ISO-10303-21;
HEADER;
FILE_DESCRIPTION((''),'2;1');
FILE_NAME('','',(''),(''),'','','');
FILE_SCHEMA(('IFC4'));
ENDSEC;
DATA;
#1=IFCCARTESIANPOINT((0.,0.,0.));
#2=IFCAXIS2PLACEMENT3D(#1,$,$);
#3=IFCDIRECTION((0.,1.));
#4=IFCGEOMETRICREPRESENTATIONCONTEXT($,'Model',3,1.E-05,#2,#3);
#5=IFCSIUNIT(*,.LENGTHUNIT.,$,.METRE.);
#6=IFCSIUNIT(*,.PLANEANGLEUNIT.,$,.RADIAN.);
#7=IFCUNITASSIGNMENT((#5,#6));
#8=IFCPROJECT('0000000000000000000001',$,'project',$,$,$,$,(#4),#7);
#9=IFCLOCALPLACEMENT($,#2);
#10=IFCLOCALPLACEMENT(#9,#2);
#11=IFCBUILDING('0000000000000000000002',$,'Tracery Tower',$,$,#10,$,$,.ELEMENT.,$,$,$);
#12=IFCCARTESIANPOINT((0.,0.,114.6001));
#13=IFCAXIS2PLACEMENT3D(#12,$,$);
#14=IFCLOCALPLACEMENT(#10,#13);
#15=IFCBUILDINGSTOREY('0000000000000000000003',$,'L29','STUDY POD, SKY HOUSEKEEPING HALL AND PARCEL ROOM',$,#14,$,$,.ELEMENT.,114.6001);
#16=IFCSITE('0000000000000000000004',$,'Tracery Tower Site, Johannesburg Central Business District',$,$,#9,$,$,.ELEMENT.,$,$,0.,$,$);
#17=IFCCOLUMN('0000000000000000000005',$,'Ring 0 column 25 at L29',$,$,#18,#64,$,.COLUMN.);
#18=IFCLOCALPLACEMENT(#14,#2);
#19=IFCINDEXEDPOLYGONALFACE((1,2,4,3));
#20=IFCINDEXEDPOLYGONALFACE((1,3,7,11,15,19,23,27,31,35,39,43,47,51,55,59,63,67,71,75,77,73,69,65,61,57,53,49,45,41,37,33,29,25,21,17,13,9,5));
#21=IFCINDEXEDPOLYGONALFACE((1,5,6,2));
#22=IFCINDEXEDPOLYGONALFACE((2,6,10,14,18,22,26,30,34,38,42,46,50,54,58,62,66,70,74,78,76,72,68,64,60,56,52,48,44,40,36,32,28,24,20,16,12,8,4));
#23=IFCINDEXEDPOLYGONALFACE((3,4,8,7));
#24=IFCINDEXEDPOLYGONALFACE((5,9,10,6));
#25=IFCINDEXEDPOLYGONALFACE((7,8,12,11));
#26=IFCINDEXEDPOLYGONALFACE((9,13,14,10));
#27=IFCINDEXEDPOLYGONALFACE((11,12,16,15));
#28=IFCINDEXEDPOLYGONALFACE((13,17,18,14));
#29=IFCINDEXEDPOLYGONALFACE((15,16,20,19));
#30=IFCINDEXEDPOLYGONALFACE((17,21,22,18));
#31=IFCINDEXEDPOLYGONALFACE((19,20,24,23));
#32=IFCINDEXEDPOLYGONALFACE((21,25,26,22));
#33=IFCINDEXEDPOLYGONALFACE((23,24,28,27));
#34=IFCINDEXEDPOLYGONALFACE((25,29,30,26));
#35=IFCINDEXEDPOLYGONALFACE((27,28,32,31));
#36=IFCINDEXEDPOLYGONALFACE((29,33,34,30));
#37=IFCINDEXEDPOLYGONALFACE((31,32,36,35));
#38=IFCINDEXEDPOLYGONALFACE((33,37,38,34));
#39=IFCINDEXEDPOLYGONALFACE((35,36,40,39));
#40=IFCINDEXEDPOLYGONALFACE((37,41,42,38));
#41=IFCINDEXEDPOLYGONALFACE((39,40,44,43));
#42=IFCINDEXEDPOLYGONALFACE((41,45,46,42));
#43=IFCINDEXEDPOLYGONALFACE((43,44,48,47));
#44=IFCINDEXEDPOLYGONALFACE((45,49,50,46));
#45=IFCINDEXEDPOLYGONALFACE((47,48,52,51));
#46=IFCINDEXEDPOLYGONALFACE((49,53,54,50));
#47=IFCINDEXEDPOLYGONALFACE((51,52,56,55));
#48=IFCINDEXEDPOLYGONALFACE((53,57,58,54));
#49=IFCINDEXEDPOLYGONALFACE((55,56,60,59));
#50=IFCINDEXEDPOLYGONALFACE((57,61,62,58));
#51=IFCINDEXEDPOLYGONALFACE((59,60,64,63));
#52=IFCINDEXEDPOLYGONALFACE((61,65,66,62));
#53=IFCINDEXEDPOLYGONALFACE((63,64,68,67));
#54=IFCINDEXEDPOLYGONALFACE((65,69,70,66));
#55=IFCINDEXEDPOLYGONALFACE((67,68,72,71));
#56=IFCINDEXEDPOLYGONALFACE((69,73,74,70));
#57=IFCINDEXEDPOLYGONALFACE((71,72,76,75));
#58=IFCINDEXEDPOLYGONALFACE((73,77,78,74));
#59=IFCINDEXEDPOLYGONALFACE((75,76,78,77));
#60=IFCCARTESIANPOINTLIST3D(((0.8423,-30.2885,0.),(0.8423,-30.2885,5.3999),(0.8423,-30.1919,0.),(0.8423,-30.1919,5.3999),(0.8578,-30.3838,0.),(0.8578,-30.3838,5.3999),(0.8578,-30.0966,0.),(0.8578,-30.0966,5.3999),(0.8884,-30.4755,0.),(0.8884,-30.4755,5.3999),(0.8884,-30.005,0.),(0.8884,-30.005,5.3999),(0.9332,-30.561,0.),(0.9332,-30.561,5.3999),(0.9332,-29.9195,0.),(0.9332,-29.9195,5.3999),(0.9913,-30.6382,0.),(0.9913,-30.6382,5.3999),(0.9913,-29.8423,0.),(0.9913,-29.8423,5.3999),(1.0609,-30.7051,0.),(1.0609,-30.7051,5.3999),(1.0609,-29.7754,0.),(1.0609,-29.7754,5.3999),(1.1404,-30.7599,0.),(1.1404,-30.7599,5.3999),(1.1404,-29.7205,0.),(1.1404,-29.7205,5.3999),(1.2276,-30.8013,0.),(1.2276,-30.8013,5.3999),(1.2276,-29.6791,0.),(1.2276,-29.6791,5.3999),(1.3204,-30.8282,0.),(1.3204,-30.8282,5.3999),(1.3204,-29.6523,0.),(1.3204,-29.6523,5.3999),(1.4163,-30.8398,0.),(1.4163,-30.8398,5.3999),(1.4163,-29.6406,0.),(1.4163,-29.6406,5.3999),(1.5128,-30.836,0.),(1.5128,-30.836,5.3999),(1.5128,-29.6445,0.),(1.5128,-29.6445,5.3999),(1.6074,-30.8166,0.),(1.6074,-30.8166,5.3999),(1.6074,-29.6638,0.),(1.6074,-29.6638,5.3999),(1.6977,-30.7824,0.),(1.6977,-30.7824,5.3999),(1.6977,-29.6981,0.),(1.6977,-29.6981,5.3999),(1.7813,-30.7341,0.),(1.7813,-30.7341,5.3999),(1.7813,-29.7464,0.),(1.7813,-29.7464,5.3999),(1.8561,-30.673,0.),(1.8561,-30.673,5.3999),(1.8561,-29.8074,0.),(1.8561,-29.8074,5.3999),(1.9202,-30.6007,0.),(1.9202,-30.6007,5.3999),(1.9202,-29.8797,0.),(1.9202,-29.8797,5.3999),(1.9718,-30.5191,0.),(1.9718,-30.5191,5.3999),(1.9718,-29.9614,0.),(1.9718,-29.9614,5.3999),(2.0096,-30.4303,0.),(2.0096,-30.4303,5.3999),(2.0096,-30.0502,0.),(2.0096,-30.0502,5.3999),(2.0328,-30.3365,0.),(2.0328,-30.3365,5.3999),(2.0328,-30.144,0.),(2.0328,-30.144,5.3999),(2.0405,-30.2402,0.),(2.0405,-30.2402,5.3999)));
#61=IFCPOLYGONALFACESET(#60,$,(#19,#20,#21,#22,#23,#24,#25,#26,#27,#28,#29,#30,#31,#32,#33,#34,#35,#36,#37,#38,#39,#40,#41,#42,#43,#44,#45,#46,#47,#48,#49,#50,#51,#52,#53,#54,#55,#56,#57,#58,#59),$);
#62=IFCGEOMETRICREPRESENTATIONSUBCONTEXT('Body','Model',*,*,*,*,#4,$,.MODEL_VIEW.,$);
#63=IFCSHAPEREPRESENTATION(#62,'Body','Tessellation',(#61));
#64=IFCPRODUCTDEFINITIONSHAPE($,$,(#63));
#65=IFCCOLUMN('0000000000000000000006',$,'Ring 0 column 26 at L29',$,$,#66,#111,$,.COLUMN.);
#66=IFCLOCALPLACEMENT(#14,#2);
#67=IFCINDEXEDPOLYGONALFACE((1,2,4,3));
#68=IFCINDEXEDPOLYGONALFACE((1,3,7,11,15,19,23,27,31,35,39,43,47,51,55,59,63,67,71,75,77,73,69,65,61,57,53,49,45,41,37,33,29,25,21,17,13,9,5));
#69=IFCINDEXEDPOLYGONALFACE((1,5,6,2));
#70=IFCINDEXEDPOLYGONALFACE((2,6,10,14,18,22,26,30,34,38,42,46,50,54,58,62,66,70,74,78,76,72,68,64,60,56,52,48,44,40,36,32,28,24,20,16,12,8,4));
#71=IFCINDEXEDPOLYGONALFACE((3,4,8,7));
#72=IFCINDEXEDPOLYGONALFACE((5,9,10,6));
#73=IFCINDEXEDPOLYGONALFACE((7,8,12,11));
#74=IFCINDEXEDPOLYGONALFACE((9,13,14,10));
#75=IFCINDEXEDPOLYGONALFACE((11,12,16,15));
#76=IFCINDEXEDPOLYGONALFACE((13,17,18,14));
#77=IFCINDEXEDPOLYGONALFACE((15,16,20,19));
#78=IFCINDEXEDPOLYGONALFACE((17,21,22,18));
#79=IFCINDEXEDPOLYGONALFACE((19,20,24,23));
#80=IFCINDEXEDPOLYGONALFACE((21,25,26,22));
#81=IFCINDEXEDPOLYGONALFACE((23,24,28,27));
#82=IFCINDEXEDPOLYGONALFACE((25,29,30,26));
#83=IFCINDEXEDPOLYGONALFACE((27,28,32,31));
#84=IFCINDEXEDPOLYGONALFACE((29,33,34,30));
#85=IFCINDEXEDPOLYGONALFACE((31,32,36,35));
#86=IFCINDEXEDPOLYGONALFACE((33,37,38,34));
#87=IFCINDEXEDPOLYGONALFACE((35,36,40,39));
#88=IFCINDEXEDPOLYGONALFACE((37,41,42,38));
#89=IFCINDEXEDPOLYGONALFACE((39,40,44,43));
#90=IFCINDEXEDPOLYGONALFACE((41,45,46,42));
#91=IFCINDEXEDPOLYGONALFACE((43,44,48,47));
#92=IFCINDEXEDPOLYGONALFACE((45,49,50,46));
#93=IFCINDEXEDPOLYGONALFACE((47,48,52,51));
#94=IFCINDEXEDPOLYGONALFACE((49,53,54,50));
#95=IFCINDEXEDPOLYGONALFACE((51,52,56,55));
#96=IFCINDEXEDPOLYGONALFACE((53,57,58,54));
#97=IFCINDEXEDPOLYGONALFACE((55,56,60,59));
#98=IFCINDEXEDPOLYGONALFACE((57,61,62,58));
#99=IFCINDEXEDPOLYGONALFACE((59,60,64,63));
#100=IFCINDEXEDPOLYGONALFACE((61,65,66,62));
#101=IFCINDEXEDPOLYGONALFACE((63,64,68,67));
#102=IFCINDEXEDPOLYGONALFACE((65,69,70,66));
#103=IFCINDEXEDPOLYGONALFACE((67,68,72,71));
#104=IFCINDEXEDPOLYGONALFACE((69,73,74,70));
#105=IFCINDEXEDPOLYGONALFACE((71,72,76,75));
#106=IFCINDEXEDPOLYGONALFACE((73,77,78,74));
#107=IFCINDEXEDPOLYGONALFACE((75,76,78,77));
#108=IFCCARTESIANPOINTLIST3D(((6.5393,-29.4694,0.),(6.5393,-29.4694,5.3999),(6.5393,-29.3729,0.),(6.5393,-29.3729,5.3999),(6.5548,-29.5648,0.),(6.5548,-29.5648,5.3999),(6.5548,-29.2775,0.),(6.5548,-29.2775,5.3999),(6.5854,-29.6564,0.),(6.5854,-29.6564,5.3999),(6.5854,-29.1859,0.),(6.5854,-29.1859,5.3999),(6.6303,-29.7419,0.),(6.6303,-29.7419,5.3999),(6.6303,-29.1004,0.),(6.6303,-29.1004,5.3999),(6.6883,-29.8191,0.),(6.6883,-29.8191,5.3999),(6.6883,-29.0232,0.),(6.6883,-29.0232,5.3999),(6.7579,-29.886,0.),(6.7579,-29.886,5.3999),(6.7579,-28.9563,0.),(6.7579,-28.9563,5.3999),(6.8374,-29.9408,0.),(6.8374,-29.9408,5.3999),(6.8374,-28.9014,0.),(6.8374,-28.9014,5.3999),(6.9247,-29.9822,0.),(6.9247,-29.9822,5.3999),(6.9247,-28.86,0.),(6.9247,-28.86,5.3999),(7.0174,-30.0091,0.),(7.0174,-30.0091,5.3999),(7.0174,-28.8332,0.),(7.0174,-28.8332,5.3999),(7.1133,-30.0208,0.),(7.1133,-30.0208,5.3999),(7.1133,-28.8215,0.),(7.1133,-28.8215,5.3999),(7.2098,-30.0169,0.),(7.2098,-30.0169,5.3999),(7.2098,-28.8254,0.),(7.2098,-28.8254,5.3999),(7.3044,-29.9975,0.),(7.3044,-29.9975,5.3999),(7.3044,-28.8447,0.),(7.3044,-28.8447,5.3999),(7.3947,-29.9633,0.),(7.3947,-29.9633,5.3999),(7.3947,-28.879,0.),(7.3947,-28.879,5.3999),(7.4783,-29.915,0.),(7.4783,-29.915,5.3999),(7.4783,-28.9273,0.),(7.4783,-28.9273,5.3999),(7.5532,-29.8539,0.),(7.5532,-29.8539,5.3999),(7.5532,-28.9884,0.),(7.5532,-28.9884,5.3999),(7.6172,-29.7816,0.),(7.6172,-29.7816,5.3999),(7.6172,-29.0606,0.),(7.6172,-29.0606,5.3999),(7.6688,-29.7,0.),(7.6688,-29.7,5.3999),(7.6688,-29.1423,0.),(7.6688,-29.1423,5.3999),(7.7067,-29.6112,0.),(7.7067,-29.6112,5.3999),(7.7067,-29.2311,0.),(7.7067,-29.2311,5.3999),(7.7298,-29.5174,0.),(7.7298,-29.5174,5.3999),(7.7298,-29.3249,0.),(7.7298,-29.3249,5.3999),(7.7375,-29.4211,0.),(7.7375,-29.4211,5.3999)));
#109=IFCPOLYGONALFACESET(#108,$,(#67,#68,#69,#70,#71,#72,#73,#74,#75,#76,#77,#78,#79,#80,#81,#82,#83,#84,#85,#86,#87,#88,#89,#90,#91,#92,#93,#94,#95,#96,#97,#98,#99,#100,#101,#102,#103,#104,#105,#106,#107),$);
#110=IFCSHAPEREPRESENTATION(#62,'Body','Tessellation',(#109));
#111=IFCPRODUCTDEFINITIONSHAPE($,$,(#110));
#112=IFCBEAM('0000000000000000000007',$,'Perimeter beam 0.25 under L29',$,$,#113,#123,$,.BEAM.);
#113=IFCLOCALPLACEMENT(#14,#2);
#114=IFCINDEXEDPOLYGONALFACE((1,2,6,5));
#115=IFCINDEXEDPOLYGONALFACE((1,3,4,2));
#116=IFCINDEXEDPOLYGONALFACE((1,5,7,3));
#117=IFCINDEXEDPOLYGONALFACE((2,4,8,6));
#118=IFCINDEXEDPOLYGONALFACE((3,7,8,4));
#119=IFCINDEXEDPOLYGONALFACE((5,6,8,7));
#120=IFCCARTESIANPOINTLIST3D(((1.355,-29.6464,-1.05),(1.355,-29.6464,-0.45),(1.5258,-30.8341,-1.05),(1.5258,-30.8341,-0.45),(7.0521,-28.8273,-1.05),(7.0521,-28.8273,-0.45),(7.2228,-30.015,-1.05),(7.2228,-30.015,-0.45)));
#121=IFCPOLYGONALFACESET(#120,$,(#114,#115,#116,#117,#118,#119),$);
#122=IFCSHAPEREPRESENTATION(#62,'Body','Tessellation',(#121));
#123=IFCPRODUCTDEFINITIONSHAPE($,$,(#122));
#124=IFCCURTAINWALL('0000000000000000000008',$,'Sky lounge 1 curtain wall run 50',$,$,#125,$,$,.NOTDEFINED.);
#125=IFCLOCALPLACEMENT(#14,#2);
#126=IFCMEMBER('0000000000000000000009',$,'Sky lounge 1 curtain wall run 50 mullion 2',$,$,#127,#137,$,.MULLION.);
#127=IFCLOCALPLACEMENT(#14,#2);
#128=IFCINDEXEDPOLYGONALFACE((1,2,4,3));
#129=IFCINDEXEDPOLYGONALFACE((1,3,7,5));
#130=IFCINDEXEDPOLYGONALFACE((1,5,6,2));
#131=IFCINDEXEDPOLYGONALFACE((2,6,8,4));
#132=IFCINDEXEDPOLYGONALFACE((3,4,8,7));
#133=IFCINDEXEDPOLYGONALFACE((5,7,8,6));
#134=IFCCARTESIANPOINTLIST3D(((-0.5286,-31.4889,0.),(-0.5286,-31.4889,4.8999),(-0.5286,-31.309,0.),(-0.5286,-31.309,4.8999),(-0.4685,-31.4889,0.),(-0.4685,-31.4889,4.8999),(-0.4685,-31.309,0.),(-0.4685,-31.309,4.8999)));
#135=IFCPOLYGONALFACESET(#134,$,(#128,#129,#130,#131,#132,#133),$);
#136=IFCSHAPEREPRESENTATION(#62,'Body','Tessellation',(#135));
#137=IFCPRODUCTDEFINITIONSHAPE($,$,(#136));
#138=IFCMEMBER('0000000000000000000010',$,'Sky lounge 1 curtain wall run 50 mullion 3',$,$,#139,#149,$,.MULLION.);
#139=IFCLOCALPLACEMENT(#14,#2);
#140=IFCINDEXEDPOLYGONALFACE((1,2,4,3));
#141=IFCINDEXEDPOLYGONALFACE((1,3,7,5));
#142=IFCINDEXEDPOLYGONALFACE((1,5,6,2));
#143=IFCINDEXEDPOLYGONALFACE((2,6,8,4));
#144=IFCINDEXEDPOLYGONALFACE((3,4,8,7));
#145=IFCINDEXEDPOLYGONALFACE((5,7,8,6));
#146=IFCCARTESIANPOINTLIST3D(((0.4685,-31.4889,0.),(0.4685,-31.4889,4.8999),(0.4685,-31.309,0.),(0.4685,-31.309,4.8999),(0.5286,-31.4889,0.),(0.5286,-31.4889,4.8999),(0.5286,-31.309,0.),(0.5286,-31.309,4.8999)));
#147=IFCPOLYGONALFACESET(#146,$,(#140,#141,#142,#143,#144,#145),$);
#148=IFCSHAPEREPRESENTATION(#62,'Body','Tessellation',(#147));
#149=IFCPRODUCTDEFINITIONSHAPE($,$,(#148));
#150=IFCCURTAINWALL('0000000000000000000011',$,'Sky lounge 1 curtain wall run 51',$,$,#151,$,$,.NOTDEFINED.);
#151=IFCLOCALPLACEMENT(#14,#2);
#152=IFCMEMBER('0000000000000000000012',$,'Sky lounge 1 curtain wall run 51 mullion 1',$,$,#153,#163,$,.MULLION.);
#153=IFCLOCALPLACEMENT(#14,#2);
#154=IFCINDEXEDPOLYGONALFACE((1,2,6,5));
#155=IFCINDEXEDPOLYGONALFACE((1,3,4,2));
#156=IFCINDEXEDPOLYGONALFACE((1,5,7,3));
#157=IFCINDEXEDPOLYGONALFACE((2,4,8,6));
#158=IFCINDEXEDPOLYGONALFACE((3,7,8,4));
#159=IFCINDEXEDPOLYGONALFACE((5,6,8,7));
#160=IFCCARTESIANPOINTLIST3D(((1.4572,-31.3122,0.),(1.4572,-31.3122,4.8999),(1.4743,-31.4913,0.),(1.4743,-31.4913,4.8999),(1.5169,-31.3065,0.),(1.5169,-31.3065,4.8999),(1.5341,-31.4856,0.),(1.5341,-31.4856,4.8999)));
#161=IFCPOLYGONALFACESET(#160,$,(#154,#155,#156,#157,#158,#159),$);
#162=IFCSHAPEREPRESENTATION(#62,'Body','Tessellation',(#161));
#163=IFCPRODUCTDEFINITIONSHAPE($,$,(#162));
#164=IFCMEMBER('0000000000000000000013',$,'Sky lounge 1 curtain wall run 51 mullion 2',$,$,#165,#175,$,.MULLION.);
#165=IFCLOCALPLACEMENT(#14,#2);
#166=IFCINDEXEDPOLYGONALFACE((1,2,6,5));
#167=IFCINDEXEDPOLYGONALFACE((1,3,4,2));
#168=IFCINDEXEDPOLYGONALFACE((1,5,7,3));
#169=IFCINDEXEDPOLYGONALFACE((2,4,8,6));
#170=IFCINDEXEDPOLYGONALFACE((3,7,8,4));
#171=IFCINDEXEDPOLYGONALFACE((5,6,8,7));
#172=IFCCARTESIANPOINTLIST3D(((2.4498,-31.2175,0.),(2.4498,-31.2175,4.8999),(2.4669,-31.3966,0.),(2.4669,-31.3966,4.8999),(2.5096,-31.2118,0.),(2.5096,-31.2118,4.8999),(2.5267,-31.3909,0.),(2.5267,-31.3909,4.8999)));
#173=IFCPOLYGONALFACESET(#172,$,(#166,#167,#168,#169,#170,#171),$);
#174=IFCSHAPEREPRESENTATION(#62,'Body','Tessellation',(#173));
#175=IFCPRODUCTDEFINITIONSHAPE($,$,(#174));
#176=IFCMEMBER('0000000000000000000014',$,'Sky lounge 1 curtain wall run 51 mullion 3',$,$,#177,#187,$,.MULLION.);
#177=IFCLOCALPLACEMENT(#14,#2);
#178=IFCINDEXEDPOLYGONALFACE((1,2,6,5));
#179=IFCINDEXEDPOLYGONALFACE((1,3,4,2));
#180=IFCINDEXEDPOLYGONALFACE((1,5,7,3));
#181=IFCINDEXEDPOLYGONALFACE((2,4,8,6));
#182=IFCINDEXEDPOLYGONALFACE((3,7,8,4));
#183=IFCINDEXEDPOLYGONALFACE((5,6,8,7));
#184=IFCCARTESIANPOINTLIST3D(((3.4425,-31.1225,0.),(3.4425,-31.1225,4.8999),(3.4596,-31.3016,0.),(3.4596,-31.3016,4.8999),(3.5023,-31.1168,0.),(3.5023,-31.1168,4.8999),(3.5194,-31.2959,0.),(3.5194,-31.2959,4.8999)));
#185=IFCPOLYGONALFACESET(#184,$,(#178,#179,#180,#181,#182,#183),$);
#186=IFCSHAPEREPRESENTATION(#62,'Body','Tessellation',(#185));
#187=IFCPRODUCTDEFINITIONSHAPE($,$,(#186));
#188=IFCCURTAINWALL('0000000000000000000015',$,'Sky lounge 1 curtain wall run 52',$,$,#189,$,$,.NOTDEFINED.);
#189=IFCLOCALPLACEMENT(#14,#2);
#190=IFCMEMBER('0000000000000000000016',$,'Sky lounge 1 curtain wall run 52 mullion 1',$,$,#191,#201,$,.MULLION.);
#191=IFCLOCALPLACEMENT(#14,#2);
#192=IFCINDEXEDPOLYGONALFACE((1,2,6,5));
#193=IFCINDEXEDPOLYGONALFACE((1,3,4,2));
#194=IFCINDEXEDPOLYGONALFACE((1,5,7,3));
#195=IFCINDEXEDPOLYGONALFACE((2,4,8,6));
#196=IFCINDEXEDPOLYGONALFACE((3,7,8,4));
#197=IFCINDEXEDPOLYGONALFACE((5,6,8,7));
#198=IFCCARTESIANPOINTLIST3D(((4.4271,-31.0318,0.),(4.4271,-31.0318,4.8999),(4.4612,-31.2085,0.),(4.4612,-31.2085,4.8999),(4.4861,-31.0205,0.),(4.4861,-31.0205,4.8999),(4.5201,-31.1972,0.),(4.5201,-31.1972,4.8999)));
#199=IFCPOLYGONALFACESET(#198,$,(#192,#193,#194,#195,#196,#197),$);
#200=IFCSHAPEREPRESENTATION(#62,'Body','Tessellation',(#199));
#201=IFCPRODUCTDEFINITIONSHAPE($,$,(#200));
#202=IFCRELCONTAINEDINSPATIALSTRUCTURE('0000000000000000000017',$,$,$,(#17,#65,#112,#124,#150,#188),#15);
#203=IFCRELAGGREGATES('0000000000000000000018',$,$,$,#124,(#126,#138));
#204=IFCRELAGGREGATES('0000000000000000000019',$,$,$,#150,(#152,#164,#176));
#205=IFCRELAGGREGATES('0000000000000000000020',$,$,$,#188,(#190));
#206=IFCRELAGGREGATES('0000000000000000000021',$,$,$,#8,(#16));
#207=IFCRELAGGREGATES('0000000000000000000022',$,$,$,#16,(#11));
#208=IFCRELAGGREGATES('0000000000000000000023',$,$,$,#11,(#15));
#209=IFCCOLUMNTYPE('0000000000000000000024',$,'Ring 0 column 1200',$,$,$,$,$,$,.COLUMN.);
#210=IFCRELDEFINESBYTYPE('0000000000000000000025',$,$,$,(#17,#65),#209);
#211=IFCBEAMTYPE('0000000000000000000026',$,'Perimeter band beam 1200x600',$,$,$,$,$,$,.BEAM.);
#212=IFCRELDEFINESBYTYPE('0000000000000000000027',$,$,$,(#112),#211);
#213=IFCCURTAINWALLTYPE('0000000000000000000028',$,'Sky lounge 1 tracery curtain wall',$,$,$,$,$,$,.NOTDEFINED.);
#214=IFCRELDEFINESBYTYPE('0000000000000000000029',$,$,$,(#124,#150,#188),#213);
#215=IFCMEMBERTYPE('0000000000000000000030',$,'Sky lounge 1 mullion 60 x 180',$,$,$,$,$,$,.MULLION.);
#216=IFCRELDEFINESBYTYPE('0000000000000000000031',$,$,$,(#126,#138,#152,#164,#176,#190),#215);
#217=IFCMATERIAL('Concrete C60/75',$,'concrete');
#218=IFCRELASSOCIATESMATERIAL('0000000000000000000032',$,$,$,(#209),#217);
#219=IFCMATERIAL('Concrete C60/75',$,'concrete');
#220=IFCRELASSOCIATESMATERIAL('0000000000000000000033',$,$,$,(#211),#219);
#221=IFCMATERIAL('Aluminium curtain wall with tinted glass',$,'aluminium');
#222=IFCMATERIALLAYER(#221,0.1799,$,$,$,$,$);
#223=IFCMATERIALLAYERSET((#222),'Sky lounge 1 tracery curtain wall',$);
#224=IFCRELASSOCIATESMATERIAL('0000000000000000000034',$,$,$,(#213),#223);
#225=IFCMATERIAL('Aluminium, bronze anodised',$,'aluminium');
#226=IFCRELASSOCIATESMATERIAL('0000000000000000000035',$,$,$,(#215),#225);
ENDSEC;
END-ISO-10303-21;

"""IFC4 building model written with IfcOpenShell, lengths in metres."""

from ifc_helpers import new_model, si_unit, direction, frame, origin, origin_2d, place, context, subcontext, project, spatial, rectangle, circle, extrude, material, layer, layer_set, material_profile, profile_set, type_object, element, aggregate, save


model = new_model("IFC4")

# Units and contexts
model_context = context("Model", 3, precision=1e-05, world=origin(), true_north=direction((0.0, 1.0)))
body_context = subcontext(model_context, "Body", "Model", "MODEL_VIEW")
ifc_project = project(units=[si_unit("LENGTHUNIT", "METRE"), si_unit("PLANEANGLEUNIT", "RADIAN")], contexts=[model_context])

# Site, building, storey
site_placement = place(None, origin())
site = spatial("IfcSite", under=ifc_project, at=site_placement, Name="Tracery Tower Site, Johannesburg Central Business District", CompositionType="ELEMENT", RefElevation=0.0)
building_placement = place(site_placement, origin())
building = spatial("IfcBuilding", under=site, at=building_placement, Name="Tracery Tower", CompositionType="ELEMENT")
storey_placement = place(building_placement, frame((0.0, 0.0, 114.6001)))
storey = spatial("IfcBuildingStorey", under=building, at=storey_placement, Name="L29", Description="STUDY POD, SKY HOUSEKEEPING HALL AND PARCEL ROOM", CompositionType="ELEMENT", Elevation=114.6001)

# Columns
ifc_material_1 = material(Name="Concrete C60/75", Category="concrete")
ifc_material_profile_1 = material_profile(ifc_material_1, circle(Radius=0.6001, at=origin_2d()), Name="RC D1200")
ifc_profile_set_1 = profile_set([ifc_material_profile_1], Name="Concrete C60/75")
column_type = type_object("IfcColumnType", Name="Ring 0 column 1200", PredefinedType="COLUMN", material=ifc_profile_set_1)
for number, where, z_axis, x_axis, name in (
    (1, (1.4404, -30.2402, 0.0), (0.0, 0.0, 1.0), (1.0, 0.0, 0.0), "Ring 0 column 25 at L29"),
    (2, (7.1375, -29.4211, 0.0), (0.0, 0.0, 1.0), (1.0, 0.0, 0.0), "Ring 0 column 26 at L29"),
):
    element("IfcColumn", number, at=place(storey_placement, frame(where, z_axis=z_axis, x_axis=x_axis)), inside=storey, type_object=column_type, Name=name, PredefinedType="COLUMN", context=body_context, shape_type="SweptSolid", body=[
        extrude(circle(Radius=0.6001, at=origin_2d()), origin(), (0.0, 0.0, 1.0), 5.3999),
    ])

# Beam
ifc_material_2 = material(Name="Concrete C60/75", Category="concrete")
ifc_material_profile_2 = material_profile(ifc_material_2, rectangle(XDim=1.2, YDim=0.6001, at=origin_2d()), Name="RC 1200x600")
ifc_profile_set_2 = profile_set([ifc_material_profile_2], Name="Concrete C60/75")
beam_type = type_object("IfcBeamType", Name="Perimeter band beam 1200x600", PredefinedType="BEAM", material=ifc_profile_set_2)
beam_placement = place(storey_placement, frame((1.4404, -30.2402, -0.75), z_axis=(0.989822, 0.142312, 0.0), x_axis=(-0.142312, 0.989822, 0.0)))
element("IfcBeam", 3, at=beam_placement, inside=storey, type_object=beam_type, Name="Perimeter beam 0.25 under L29", PredefinedType="BEAM", context=body_context, shape_type="SweptSolid", body=[
    extrude(rectangle(XDim=1.2, YDim=0.6001, at=origin_2d()), origin(), (0.0, 0.0, 1.0), 5.7556),
])

# Curtain walls, members
ifc_material_3 = material(Name="Aluminium curtain wall with tinted glass", Category="aluminium")
ifc_layer_1 = layer(ifc_material_3, 0.1799)
ifc_layer_set_1 = layer_set([ifc_layer_1], Name="Sky lounge 1 tracery curtain wall")
curtain_wall_type = type_object("IfcCurtainWallType", Name="Sky lounge 1 tracery curtain wall", PredefinedType="NOTDEFINED", material=ifc_layer_set_1)
curtain_wall_1_placement = place(storey_placement, origin())
curtain_wall_1 = element("IfcCurtainWall", 4, at=curtain_wall_1_placement, inside=storey, type_object=curtain_wall_type, Name="Sky lounge 1 curtain wall run 50", PredefinedType="NOTDEFINED")
ifc_material_4 = material(Name="Aluminium, bronze anodised", Category="aluminium")
ifc_material_profile_3 = material_profile(ifc_material_4, rectangle(XDim=0.1799, YDim=0.0601, at=origin_2d()), Name="AL 60x180")
ifc_profile_set_3 = profile_set([ifc_material_profile_3], Name="Aluminium, bronze anodised")
member_type_1 = type_object("IfcMemberType", Name="Sky lounge 1 mullion 60 x 180", PredefinedType="MULLION", material=ifc_profile_set_3)
member_1_placement = place(storey_placement, frame((-0.4985, -31.3989, 0.0), z_axis=(0.0, 0.0, 1.0), x_axis=(0.0, 1.0, 0.0)))
member_1 = element("IfcMember", 5, at=member_1_placement, type_object=member_type_1, Name="Sky lounge 1 curtain wall run 50 mullion 2", PredefinedType="MULLION", context=body_context, shape_type="SweptSolid", body=[
    extrude(rectangle(XDim=0.1799, YDim=0.0601, at=origin_2d()), origin(), (0.0, 0.0, 1.0), 4.8999),
])
member_2_placement = place(storey_placement, frame((0.4985, -31.3989, 0.0), z_axis=(0.0, 0.0, 1.0), x_axis=(0.0, 1.0, 0.0)))
member_2 = element("IfcMember", 6, at=member_2_placement, type_object=member_type_1, Name="Sky lounge 1 curtain wall run 50 mullion 3", PredefinedType="MULLION", context=body_context, shape_type="SweptSolid", body=[
    extrude(rectangle(XDim=0.1799, YDim=0.0601, at=origin_2d()), origin(), (0.0, 0.0, 1.0), 4.8999),
])
curtain_wall_2_placement = place(storey_placement, origin())
curtain_wall_2 = element("IfcCurtainWall", 7, at=curtain_wall_2_placement, inside=storey, type_object=curtain_wall_type, Name="Sky lounge 1 curtain wall run 51", PredefinedType="NOTDEFINED")
member_3_placement = place(storey_placement, frame((1.4956, -31.3989, 0.0), z_axis=(0.0, 0.0, 1.0), x_axis=(-0.095056, 0.995472, 0.0)))
member_3 = element("IfcMember", 8, at=member_3_placement, type_object=member_type_1, Name="Sky lounge 1 curtain wall run 51 mullion 1", PredefinedType="MULLION", context=body_context, shape_type="SweptSolid", body=[
    extrude(rectangle(XDim=0.1799, YDim=0.0601, at=origin_2d()), origin(), (0.0, 0.0, 1.0), 4.8999),
])
member_4_placement = place(storey_placement, frame((2.4883, -31.3042, 0.0), z_axis=(0.0, 0.0, 1.0), x_axis=(-0.095056, 0.995472, 0.0)))
member_4 = element("IfcMember", 9, at=member_4_placement, type_object=member_type_1, Name="Sky lounge 1 curtain wall run 51 mullion 2", PredefinedType="MULLION", context=body_context, shape_type="SweptSolid", body=[
    extrude(rectangle(XDim=0.1799, YDim=0.0601, at=origin_2d()), origin(), (0.0, 0.0, 1.0), 4.8999),
])
member_5_placement = place(storey_placement, frame((3.481, -31.2092, 0.0), z_axis=(0.0, 0.0, 1.0), x_axis=(-0.095056, 0.995472, 0.0)))
member_5 = element("IfcMember", 10, at=member_5_placement, type_object=member_type_1, Name="Sky lounge 1 curtain wall run 51 mullion 3", PredefinedType="MULLION", context=body_context, shape_type="SweptSolid", body=[
    extrude(rectangle(XDim=0.1799, YDim=0.0601, at=origin_2d()), origin(), (0.0, 0.0, 1.0), 4.8999),
])
curtain_wall_3_placement = place(storey_placement, origin())
curtain_wall_3 = element("IfcCurtainWall", 11, at=curtain_wall_3_placement, inside=storey, type_object=curtain_wall_type, Name="Sky lounge 1 curtain wall run 52", PredefinedType="NOTDEFINED")
member_6_placement = place(storey_placement, frame((4.4736, -31.1145, 0.0), z_axis=(0.0, 0.0, 1.0), x_axis=(-0.189251, 0.981929, 0.0)))
member_6 = element("IfcMember", 12, at=member_6_placement, type_object=member_type_1, Name="Sky lounge 1 curtain wall run 52 mullion 1", PredefinedType="MULLION", context=body_context, shape_type="SweptSolid", body=[
    extrude(rectangle(XDim=0.1799, YDim=0.0601, at=origin_2d()), origin(), (0.0, 0.0, 1.0), 4.8999),
])

aggregate(curtain_wall_1, [member_1, member_2])
aggregate(curtain_wall_2, [member_3, member_4, member_5])
aggregate(curtain_wall_3, [member_6])

save(model, "model.ifc")
